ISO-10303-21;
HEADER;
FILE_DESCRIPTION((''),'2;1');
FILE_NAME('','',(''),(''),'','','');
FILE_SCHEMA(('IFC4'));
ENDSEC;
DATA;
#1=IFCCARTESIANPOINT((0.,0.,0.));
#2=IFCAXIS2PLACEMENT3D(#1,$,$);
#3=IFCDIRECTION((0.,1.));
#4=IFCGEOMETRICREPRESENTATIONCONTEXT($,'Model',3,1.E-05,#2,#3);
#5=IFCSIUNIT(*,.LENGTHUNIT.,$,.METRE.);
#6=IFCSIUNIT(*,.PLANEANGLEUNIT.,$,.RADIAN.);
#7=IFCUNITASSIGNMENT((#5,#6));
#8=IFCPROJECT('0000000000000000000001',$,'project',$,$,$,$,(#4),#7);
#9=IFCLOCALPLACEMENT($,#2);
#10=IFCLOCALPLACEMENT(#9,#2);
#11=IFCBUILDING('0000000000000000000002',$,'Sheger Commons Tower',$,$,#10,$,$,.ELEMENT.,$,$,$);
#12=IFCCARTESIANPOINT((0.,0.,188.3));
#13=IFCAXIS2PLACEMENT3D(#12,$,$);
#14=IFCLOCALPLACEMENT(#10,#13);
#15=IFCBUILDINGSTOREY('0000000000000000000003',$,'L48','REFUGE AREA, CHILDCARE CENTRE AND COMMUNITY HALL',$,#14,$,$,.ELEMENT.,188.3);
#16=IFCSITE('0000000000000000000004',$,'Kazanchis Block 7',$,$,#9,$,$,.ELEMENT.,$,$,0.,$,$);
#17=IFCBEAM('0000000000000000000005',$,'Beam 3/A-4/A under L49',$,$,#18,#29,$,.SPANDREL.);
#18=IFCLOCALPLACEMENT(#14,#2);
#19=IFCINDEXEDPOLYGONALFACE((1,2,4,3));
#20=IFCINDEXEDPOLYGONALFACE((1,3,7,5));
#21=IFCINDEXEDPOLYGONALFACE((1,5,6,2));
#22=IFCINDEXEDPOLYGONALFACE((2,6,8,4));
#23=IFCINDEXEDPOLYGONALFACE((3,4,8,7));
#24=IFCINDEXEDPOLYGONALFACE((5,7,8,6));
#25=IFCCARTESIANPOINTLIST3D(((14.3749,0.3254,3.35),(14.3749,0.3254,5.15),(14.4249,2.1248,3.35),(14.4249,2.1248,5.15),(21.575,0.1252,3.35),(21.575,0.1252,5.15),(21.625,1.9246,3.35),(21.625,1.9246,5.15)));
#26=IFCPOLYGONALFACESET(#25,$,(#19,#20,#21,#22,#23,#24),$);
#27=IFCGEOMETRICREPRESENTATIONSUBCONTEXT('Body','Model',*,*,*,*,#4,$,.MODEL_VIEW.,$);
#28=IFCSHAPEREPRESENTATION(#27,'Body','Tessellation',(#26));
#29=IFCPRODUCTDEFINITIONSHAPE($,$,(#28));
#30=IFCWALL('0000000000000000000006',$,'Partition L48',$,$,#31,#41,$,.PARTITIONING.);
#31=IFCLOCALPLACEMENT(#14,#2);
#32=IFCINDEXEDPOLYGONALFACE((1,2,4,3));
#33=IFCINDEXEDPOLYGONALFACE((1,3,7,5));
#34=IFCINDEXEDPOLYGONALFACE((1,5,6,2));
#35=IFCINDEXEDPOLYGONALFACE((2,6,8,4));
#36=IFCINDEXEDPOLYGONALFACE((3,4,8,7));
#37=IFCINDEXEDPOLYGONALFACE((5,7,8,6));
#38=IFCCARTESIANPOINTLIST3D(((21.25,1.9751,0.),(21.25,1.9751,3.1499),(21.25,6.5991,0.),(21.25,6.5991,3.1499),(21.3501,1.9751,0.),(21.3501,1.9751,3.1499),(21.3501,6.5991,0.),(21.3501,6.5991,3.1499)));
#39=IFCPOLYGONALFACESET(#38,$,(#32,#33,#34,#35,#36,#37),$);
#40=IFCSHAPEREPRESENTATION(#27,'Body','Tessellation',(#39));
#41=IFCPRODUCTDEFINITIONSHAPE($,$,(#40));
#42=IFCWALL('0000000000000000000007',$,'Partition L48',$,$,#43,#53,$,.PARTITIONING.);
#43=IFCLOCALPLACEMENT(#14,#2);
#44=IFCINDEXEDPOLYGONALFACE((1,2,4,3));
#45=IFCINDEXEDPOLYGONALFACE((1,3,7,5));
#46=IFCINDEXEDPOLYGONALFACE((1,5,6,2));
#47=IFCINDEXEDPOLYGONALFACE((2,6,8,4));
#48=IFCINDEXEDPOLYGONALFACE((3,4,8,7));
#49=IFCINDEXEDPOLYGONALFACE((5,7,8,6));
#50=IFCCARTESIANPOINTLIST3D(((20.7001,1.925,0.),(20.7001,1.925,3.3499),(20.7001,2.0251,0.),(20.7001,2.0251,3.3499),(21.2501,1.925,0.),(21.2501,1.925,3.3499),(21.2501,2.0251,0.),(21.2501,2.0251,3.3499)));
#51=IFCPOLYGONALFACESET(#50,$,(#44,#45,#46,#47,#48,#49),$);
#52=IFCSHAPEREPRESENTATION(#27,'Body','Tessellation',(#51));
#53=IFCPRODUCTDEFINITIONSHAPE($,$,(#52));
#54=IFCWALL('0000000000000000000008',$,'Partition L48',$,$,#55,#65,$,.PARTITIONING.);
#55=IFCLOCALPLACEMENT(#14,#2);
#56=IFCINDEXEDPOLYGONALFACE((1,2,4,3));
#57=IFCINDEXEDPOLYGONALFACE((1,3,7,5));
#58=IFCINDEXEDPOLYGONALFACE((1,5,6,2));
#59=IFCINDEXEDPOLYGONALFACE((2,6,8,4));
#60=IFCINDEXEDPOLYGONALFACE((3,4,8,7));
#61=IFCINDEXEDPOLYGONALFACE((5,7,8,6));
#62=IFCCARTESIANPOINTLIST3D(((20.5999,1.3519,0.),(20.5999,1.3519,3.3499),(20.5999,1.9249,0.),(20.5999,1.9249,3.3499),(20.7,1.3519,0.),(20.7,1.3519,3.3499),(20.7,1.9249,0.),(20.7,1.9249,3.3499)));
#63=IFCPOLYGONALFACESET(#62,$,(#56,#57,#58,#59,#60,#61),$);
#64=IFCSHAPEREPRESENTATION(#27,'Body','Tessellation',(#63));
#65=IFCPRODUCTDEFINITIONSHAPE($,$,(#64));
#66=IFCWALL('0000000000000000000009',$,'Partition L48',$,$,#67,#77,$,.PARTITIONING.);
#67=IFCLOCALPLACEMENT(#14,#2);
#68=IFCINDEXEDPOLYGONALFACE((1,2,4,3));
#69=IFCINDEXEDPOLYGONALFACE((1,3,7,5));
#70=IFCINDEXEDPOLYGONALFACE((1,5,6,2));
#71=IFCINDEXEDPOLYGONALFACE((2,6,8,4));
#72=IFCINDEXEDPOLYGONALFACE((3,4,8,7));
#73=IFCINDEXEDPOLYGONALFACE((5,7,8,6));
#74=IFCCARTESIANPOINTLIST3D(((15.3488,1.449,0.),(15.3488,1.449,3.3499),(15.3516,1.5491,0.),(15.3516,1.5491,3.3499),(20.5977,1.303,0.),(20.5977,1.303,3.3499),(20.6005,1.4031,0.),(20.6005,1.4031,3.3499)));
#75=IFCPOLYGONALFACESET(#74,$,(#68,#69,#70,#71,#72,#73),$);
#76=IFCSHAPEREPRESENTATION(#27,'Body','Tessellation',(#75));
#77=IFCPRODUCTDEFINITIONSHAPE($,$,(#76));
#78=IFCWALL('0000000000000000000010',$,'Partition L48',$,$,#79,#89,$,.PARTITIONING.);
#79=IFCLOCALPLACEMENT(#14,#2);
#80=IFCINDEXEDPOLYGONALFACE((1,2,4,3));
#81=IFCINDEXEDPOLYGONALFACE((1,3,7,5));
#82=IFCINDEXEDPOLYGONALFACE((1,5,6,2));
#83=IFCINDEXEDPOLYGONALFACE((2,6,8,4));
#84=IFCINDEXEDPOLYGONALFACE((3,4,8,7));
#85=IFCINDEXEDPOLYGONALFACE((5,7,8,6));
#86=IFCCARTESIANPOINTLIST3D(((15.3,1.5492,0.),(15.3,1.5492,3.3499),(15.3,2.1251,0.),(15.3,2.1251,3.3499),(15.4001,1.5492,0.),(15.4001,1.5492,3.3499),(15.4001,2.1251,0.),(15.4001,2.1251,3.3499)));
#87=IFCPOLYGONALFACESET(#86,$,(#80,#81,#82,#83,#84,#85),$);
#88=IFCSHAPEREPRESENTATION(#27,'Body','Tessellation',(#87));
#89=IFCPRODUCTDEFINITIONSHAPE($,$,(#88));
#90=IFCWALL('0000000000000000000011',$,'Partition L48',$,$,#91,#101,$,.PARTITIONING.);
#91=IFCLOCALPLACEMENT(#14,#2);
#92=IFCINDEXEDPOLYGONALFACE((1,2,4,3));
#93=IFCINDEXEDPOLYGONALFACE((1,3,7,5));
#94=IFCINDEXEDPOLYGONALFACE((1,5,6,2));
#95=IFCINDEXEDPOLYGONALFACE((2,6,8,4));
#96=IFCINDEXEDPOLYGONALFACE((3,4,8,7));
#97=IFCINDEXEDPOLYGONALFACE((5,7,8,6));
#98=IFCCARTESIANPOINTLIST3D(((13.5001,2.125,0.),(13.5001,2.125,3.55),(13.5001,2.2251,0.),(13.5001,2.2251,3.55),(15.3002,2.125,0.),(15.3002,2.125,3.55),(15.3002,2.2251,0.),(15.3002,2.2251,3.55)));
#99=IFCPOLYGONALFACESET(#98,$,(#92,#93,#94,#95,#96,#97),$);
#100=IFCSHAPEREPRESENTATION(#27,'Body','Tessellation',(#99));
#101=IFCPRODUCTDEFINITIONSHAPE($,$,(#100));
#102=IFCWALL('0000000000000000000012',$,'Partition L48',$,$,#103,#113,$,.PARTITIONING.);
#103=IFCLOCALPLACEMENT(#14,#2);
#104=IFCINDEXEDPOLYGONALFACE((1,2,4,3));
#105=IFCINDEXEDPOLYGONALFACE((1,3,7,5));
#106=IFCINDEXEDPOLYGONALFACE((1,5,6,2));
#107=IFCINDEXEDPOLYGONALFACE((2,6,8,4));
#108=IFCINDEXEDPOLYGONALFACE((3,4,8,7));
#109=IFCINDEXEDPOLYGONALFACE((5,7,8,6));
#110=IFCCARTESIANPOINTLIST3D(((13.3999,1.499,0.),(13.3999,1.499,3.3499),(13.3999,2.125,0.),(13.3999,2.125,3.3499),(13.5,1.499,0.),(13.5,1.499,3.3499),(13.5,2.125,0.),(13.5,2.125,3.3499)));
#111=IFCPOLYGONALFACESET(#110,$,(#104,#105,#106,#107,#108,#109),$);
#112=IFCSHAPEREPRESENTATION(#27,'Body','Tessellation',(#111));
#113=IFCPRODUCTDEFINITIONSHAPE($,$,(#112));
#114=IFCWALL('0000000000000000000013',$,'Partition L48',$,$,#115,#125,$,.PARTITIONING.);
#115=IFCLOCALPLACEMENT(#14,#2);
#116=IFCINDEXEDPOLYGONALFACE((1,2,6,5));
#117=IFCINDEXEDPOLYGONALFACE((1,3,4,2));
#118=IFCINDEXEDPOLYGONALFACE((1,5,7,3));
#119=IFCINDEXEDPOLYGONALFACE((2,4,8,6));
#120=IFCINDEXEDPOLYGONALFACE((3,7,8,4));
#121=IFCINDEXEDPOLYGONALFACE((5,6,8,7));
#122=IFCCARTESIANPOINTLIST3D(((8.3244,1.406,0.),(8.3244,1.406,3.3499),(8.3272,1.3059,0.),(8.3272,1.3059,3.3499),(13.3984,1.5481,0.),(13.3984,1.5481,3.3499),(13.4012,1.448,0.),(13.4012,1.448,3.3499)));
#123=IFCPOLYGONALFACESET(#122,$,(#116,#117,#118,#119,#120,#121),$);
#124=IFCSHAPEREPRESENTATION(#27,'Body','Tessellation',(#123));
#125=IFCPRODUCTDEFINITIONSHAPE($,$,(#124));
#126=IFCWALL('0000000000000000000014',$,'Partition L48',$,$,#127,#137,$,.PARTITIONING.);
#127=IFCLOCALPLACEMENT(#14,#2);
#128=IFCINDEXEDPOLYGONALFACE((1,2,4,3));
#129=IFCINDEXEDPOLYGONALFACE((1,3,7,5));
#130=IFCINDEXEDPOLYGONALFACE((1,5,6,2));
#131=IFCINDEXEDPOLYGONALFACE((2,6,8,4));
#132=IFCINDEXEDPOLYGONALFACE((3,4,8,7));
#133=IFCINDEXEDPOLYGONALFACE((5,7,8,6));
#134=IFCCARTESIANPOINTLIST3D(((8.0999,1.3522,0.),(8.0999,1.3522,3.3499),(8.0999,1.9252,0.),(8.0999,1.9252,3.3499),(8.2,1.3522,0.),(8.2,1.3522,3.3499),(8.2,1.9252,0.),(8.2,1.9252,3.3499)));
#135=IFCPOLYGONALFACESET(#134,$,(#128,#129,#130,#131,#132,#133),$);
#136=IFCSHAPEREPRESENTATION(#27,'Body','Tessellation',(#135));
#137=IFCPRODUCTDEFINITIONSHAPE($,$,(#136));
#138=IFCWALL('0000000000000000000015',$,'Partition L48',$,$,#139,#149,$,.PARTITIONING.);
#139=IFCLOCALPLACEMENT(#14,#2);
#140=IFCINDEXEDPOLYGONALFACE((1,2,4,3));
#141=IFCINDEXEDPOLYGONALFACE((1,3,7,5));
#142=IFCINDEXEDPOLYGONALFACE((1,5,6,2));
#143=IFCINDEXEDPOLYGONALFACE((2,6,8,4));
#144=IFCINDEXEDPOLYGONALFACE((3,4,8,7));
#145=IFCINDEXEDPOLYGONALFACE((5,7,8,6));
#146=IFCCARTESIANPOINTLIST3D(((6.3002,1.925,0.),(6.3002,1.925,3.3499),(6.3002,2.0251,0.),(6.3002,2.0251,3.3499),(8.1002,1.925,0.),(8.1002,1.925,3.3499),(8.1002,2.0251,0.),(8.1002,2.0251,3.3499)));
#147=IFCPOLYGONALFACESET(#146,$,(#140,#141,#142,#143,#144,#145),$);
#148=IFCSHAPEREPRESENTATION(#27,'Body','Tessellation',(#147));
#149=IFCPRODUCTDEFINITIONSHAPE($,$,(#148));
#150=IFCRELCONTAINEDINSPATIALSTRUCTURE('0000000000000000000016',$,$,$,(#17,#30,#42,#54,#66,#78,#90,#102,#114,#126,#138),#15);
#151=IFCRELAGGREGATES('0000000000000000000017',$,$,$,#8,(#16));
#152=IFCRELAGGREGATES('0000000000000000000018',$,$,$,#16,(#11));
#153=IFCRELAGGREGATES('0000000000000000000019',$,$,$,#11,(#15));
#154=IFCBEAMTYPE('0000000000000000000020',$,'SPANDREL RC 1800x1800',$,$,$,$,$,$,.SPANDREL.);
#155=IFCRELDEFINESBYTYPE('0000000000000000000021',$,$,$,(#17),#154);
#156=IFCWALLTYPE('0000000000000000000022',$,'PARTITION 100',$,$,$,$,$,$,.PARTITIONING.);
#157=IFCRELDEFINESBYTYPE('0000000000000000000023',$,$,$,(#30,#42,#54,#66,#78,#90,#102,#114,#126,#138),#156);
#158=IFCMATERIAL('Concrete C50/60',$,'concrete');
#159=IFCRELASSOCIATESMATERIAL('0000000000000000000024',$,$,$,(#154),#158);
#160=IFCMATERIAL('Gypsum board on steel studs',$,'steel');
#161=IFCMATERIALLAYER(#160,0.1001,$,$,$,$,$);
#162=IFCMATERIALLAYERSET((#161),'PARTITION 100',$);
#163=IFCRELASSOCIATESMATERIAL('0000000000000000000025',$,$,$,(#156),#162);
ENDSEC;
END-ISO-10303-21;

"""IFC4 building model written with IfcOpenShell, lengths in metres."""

from ifc_helpers import new_model, si_unit, direction, frame, frame_2d, origin, origin_2d, place, context, subcontext, project, spatial, rectangle, extrude, material, layer, layer_set, material_profile, profile_set, type_object, element, save


model = new_model("IFC4")

# Units and contexts
model_context = context("Model", 3, precision=1e-05, world=origin(), true_north=direction((0.0, 1.0)))
body_context = subcontext(model_context, "Body", "Model", "MODEL_VIEW")
ifc_project = project(units=[si_unit("LENGTHUNIT", "METRE"), si_unit("PLANEANGLEUNIT", "RADIAN")], contexts=[model_context])

# Site, building, storey
site_placement = place(None, origin())
site = spatial("IfcSite", under=ifc_project, at=site_placement, Name="Kazanchis Block 7", CompositionType="ELEMENT", RefElevation=0.0)
building_placement = place(site_placement, origin())
building = spatial("IfcBuilding", under=site, at=building_placement, Name="Sheger Commons Tower", CompositionType="ELEMENT")
storey_placement = place(building_placement, frame((0.0, 0.0, 188.3)))
storey = spatial("IfcBuildingStorey", under=building, at=storey_placement, Name="L48", Description="REFUGE AREA, CHILDCARE CENTRE AND COMMUNITY HALL", CompositionType="ELEMENT", Elevation=188.3)

# Beam
ifc_material_1 = material(Name="Concrete C50/60", Category="concrete")
ifc_material_profile_1 = material_profile(ifc_material_1, rectangle(XDim=1.8, YDim=1.8, at=origin_2d()), Name="RC 1800x1800")
ifc_profile_set_1 = profile_set([ifc_material_profile_1], Name="Concrete C50/60")
beam_type_1 = type_object("IfcBeamType", Name="SPANDREL RC 1800x1800", PredefinedType="SPANDREL", material=ifc_profile_set_1)
beam_1_placement = place(storey_placement, frame((14.3999, 1.2251, 4.25), z_axis=(0.999614, -0.027793, 0.0), x_axis=(0.027793, 0.999614, 0.0)))
element("IfcBeam", 1, at=beam_1_placement, inside=storey, type_object=beam_type_1, Name="Beam 3/A-4/A under L49", PredefinedType="SPANDREL", context=body_context, shape_type="SweptSolid", body=[
    extrude(rectangle(XDim=1.8, YDim=1.8, at=origin_2d()), origin(), (0.0, 0.0, 1.0), 7.2029),
])

# Walls
ifc_material_2 = material(Name="Gypsum board on steel studs", Category="steel")
ifc_layer = layer(ifc_material_2, 0.1001)
ifc_layer_set = layer_set([ifc_layer], Name="PARTITION 100")
wall_type = type_object("IfcWallType", Name="PARTITION 100", PredefinedType="PARTITIONING", material=ifc_layer_set)
wall_1_placement = place(storey_placement, frame((21.3, 6.5991, 0.0), z_axis=(0.0, 0.0, 1.0), x_axis=(0.0, -1.0, 0.0)))
element("IfcWall", 2, at=wall_1_placement, inside=storey, type_object=wall_type, Name="Partition L48", PredefinedType="PARTITIONING", context=body_context, shape_type="SweptSolid", body=[
    extrude(rectangle(XDim=4.624, YDim=0.1001, at=frame_2d((2.312, 0.0))), origin(), (0.0, 0.0, 1.0), 3.1499),
])
wall_2_placement = place(storey_placement, frame((21.25, 1.9751, 0.0), z_axis=(0.0, 0.0, 1.0), x_axis=(-1.0, 0.0, 0.0)))
element("IfcWall", 3, at=wall_2_placement, inside=storey, type_object=wall_type, Name="Partition L48", PredefinedType="PARTITIONING", context=body_context, shape_type="SweptSolid", body=[
    extrude(rectangle(XDim=0.55, YDim=0.1001, at=frame_2d((0.2749, 0.0))), origin(), (0.0, 0.0, 1.0), 3.3499),
])
wall_3_placement = place(storey_placement, frame((20.6499, 1.925, 0.0), z_axis=(0.0, 0.0, 1.0), x_axis=(0.0, -1.0, 0.0)))
element("IfcWall", 4, at=wall_3_placement, inside=storey, type_object=wall_type, Name="Partition L48", PredefinedType="PARTITIONING", context=body_context, shape_type="SweptSolid", body=[
    extrude(rectangle(XDim=0.573, YDim=0.1001, at=frame_2d((0.2866, 0.0))), origin(), (0.0, 0.0, 1.0), 3.3499),
])
wall_4_placement = place(storey_placement, frame((20.5991, 1.353, 0.0), z_axis=(0.0, 0.0, 1.0), x_axis=(-0.999613, 0.027803, 0.0)))
element("IfcWall", 5, at=wall_4_placement, inside=storey, type_object=wall_type, Name="Partition L48", PredefinedType="PARTITIONING", context=body_context, shape_type="SweptSolid", body=[
    extrude(rectangle(XDim=5.251, YDim=0.1001, at=frame_2d((2.6255, 0.0))), origin(), (0.0, 0.0, 1.0), 3.3499),
])
wall_5_placement = place(storey_placement, frame((15.3501, 1.5491, 0.0), z_axis=(0.0, 0.0, 1.0), x_axis=(0.0, 1.0, 0.0)))
element("IfcWall", 6, at=wall_5_placement, inside=storey, type_object=wall_type, Name="Partition L48", PredefinedType="PARTITIONING", context=body_context, shape_type="SweptSolid", body=[
    extrude(rectangle(XDim=0.5759, YDim=0.1001, at=frame_2d((0.2881, 0.0))), origin(), (0.0, 0.0, 1.0), 3.3499),
])
wall_6_placement = place(storey_placement, frame((15.3, 2.175, 0.0), z_axis=(0.0, 0.0, 1.0), x_axis=(-1.0, 0.0, 0.0)))
element("IfcWall", 7, at=wall_6_placement, inside=storey, type_object=wall_type, Name="Partition L48", PredefinedType="PARTITIONING", context=body_context, shape_type="SweptSolid", body=[
    extrude(rectangle(XDim=1.8, YDim=0.1001, at=frame_2d((0.8999, 0.0))), origin(), (0.0, 0.0, 1.0), 3.55),
])
wall_7_placement = place(storey_placement, frame((13.45, 2.125, 0.0), z_axis=(0.0, 0.0, 1.0), x_axis=(0.0, -1.0, 0.0)))
element("IfcWall", 8, at=wall_7_placement, inside=storey, type_object=wall_type, Name="Partition L48", PredefinedType="PARTITIONING", context=body_context, shape_type="SweptSolid", body=[
    extrude(rectangle(XDim=0.626, YDim=0.1001, at=frame_2d((0.313, 0.0))), origin(), (0.0, 0.0, 1.0), 3.3499),
])
wall_8_placement = place(storey_placement, frame((13.3999, 1.498, 0.0), z_axis=(0.0, 0.0, 1.0), x_axis=(-0.999608, -0.027993, 0.0)))
element("IfcWall", 9, at=wall_8_placement, inside=storey, type_object=wall_type, Name="Partition L48", PredefinedType="PARTITIONING", context=body_context, shape_type="SweptSolid", body=[
    extrude(rectangle(XDim=5.0759, YDim=0.1001, at=frame_2d((2.5381, 0.0))), origin(), (0.0, 0.0, 1.0), 3.3499),
])
wall_9_placement = place(storey_placement, frame((8.1499, 1.3521, 0.0), z_axis=(0.0, 0.0, 1.0), x_axis=(0.0, 1.0, 0.0)))
element("IfcWall", 10, at=wall_9_placement, inside=storey, type_object=wall_type, Name="Partition L48", PredefinedType="PARTITIONING", context=body_context, shape_type="SweptSolid", body=[
    extrude(rectangle(XDim=0.573, YDim=0.1001, at=frame_2d((0.2866, 0.0))), origin(), (0.0, 0.0, 1.0), 3.3499),
])
wall_10_placement = place(storey_placement, frame((8.1001, 1.9751, 0.0), z_axis=(0.0, 0.0, 1.0), x_axis=(-1.0, 0.0, 0.0)))
element("IfcWall", 11, at=wall_10_placement, inside=storey, type_object=wall_type, Name="Partition L48", PredefinedType="PARTITIONING", context=body_context, shape_type="SweptSolid", body=[
    extrude(rectangle(XDim=1.8, YDim=0.1001, at=frame_2d((0.8999, 0.0))), origin(), (0.0, 0.0, 1.0), 3.3499),
])

save(model, "model.ifc")
